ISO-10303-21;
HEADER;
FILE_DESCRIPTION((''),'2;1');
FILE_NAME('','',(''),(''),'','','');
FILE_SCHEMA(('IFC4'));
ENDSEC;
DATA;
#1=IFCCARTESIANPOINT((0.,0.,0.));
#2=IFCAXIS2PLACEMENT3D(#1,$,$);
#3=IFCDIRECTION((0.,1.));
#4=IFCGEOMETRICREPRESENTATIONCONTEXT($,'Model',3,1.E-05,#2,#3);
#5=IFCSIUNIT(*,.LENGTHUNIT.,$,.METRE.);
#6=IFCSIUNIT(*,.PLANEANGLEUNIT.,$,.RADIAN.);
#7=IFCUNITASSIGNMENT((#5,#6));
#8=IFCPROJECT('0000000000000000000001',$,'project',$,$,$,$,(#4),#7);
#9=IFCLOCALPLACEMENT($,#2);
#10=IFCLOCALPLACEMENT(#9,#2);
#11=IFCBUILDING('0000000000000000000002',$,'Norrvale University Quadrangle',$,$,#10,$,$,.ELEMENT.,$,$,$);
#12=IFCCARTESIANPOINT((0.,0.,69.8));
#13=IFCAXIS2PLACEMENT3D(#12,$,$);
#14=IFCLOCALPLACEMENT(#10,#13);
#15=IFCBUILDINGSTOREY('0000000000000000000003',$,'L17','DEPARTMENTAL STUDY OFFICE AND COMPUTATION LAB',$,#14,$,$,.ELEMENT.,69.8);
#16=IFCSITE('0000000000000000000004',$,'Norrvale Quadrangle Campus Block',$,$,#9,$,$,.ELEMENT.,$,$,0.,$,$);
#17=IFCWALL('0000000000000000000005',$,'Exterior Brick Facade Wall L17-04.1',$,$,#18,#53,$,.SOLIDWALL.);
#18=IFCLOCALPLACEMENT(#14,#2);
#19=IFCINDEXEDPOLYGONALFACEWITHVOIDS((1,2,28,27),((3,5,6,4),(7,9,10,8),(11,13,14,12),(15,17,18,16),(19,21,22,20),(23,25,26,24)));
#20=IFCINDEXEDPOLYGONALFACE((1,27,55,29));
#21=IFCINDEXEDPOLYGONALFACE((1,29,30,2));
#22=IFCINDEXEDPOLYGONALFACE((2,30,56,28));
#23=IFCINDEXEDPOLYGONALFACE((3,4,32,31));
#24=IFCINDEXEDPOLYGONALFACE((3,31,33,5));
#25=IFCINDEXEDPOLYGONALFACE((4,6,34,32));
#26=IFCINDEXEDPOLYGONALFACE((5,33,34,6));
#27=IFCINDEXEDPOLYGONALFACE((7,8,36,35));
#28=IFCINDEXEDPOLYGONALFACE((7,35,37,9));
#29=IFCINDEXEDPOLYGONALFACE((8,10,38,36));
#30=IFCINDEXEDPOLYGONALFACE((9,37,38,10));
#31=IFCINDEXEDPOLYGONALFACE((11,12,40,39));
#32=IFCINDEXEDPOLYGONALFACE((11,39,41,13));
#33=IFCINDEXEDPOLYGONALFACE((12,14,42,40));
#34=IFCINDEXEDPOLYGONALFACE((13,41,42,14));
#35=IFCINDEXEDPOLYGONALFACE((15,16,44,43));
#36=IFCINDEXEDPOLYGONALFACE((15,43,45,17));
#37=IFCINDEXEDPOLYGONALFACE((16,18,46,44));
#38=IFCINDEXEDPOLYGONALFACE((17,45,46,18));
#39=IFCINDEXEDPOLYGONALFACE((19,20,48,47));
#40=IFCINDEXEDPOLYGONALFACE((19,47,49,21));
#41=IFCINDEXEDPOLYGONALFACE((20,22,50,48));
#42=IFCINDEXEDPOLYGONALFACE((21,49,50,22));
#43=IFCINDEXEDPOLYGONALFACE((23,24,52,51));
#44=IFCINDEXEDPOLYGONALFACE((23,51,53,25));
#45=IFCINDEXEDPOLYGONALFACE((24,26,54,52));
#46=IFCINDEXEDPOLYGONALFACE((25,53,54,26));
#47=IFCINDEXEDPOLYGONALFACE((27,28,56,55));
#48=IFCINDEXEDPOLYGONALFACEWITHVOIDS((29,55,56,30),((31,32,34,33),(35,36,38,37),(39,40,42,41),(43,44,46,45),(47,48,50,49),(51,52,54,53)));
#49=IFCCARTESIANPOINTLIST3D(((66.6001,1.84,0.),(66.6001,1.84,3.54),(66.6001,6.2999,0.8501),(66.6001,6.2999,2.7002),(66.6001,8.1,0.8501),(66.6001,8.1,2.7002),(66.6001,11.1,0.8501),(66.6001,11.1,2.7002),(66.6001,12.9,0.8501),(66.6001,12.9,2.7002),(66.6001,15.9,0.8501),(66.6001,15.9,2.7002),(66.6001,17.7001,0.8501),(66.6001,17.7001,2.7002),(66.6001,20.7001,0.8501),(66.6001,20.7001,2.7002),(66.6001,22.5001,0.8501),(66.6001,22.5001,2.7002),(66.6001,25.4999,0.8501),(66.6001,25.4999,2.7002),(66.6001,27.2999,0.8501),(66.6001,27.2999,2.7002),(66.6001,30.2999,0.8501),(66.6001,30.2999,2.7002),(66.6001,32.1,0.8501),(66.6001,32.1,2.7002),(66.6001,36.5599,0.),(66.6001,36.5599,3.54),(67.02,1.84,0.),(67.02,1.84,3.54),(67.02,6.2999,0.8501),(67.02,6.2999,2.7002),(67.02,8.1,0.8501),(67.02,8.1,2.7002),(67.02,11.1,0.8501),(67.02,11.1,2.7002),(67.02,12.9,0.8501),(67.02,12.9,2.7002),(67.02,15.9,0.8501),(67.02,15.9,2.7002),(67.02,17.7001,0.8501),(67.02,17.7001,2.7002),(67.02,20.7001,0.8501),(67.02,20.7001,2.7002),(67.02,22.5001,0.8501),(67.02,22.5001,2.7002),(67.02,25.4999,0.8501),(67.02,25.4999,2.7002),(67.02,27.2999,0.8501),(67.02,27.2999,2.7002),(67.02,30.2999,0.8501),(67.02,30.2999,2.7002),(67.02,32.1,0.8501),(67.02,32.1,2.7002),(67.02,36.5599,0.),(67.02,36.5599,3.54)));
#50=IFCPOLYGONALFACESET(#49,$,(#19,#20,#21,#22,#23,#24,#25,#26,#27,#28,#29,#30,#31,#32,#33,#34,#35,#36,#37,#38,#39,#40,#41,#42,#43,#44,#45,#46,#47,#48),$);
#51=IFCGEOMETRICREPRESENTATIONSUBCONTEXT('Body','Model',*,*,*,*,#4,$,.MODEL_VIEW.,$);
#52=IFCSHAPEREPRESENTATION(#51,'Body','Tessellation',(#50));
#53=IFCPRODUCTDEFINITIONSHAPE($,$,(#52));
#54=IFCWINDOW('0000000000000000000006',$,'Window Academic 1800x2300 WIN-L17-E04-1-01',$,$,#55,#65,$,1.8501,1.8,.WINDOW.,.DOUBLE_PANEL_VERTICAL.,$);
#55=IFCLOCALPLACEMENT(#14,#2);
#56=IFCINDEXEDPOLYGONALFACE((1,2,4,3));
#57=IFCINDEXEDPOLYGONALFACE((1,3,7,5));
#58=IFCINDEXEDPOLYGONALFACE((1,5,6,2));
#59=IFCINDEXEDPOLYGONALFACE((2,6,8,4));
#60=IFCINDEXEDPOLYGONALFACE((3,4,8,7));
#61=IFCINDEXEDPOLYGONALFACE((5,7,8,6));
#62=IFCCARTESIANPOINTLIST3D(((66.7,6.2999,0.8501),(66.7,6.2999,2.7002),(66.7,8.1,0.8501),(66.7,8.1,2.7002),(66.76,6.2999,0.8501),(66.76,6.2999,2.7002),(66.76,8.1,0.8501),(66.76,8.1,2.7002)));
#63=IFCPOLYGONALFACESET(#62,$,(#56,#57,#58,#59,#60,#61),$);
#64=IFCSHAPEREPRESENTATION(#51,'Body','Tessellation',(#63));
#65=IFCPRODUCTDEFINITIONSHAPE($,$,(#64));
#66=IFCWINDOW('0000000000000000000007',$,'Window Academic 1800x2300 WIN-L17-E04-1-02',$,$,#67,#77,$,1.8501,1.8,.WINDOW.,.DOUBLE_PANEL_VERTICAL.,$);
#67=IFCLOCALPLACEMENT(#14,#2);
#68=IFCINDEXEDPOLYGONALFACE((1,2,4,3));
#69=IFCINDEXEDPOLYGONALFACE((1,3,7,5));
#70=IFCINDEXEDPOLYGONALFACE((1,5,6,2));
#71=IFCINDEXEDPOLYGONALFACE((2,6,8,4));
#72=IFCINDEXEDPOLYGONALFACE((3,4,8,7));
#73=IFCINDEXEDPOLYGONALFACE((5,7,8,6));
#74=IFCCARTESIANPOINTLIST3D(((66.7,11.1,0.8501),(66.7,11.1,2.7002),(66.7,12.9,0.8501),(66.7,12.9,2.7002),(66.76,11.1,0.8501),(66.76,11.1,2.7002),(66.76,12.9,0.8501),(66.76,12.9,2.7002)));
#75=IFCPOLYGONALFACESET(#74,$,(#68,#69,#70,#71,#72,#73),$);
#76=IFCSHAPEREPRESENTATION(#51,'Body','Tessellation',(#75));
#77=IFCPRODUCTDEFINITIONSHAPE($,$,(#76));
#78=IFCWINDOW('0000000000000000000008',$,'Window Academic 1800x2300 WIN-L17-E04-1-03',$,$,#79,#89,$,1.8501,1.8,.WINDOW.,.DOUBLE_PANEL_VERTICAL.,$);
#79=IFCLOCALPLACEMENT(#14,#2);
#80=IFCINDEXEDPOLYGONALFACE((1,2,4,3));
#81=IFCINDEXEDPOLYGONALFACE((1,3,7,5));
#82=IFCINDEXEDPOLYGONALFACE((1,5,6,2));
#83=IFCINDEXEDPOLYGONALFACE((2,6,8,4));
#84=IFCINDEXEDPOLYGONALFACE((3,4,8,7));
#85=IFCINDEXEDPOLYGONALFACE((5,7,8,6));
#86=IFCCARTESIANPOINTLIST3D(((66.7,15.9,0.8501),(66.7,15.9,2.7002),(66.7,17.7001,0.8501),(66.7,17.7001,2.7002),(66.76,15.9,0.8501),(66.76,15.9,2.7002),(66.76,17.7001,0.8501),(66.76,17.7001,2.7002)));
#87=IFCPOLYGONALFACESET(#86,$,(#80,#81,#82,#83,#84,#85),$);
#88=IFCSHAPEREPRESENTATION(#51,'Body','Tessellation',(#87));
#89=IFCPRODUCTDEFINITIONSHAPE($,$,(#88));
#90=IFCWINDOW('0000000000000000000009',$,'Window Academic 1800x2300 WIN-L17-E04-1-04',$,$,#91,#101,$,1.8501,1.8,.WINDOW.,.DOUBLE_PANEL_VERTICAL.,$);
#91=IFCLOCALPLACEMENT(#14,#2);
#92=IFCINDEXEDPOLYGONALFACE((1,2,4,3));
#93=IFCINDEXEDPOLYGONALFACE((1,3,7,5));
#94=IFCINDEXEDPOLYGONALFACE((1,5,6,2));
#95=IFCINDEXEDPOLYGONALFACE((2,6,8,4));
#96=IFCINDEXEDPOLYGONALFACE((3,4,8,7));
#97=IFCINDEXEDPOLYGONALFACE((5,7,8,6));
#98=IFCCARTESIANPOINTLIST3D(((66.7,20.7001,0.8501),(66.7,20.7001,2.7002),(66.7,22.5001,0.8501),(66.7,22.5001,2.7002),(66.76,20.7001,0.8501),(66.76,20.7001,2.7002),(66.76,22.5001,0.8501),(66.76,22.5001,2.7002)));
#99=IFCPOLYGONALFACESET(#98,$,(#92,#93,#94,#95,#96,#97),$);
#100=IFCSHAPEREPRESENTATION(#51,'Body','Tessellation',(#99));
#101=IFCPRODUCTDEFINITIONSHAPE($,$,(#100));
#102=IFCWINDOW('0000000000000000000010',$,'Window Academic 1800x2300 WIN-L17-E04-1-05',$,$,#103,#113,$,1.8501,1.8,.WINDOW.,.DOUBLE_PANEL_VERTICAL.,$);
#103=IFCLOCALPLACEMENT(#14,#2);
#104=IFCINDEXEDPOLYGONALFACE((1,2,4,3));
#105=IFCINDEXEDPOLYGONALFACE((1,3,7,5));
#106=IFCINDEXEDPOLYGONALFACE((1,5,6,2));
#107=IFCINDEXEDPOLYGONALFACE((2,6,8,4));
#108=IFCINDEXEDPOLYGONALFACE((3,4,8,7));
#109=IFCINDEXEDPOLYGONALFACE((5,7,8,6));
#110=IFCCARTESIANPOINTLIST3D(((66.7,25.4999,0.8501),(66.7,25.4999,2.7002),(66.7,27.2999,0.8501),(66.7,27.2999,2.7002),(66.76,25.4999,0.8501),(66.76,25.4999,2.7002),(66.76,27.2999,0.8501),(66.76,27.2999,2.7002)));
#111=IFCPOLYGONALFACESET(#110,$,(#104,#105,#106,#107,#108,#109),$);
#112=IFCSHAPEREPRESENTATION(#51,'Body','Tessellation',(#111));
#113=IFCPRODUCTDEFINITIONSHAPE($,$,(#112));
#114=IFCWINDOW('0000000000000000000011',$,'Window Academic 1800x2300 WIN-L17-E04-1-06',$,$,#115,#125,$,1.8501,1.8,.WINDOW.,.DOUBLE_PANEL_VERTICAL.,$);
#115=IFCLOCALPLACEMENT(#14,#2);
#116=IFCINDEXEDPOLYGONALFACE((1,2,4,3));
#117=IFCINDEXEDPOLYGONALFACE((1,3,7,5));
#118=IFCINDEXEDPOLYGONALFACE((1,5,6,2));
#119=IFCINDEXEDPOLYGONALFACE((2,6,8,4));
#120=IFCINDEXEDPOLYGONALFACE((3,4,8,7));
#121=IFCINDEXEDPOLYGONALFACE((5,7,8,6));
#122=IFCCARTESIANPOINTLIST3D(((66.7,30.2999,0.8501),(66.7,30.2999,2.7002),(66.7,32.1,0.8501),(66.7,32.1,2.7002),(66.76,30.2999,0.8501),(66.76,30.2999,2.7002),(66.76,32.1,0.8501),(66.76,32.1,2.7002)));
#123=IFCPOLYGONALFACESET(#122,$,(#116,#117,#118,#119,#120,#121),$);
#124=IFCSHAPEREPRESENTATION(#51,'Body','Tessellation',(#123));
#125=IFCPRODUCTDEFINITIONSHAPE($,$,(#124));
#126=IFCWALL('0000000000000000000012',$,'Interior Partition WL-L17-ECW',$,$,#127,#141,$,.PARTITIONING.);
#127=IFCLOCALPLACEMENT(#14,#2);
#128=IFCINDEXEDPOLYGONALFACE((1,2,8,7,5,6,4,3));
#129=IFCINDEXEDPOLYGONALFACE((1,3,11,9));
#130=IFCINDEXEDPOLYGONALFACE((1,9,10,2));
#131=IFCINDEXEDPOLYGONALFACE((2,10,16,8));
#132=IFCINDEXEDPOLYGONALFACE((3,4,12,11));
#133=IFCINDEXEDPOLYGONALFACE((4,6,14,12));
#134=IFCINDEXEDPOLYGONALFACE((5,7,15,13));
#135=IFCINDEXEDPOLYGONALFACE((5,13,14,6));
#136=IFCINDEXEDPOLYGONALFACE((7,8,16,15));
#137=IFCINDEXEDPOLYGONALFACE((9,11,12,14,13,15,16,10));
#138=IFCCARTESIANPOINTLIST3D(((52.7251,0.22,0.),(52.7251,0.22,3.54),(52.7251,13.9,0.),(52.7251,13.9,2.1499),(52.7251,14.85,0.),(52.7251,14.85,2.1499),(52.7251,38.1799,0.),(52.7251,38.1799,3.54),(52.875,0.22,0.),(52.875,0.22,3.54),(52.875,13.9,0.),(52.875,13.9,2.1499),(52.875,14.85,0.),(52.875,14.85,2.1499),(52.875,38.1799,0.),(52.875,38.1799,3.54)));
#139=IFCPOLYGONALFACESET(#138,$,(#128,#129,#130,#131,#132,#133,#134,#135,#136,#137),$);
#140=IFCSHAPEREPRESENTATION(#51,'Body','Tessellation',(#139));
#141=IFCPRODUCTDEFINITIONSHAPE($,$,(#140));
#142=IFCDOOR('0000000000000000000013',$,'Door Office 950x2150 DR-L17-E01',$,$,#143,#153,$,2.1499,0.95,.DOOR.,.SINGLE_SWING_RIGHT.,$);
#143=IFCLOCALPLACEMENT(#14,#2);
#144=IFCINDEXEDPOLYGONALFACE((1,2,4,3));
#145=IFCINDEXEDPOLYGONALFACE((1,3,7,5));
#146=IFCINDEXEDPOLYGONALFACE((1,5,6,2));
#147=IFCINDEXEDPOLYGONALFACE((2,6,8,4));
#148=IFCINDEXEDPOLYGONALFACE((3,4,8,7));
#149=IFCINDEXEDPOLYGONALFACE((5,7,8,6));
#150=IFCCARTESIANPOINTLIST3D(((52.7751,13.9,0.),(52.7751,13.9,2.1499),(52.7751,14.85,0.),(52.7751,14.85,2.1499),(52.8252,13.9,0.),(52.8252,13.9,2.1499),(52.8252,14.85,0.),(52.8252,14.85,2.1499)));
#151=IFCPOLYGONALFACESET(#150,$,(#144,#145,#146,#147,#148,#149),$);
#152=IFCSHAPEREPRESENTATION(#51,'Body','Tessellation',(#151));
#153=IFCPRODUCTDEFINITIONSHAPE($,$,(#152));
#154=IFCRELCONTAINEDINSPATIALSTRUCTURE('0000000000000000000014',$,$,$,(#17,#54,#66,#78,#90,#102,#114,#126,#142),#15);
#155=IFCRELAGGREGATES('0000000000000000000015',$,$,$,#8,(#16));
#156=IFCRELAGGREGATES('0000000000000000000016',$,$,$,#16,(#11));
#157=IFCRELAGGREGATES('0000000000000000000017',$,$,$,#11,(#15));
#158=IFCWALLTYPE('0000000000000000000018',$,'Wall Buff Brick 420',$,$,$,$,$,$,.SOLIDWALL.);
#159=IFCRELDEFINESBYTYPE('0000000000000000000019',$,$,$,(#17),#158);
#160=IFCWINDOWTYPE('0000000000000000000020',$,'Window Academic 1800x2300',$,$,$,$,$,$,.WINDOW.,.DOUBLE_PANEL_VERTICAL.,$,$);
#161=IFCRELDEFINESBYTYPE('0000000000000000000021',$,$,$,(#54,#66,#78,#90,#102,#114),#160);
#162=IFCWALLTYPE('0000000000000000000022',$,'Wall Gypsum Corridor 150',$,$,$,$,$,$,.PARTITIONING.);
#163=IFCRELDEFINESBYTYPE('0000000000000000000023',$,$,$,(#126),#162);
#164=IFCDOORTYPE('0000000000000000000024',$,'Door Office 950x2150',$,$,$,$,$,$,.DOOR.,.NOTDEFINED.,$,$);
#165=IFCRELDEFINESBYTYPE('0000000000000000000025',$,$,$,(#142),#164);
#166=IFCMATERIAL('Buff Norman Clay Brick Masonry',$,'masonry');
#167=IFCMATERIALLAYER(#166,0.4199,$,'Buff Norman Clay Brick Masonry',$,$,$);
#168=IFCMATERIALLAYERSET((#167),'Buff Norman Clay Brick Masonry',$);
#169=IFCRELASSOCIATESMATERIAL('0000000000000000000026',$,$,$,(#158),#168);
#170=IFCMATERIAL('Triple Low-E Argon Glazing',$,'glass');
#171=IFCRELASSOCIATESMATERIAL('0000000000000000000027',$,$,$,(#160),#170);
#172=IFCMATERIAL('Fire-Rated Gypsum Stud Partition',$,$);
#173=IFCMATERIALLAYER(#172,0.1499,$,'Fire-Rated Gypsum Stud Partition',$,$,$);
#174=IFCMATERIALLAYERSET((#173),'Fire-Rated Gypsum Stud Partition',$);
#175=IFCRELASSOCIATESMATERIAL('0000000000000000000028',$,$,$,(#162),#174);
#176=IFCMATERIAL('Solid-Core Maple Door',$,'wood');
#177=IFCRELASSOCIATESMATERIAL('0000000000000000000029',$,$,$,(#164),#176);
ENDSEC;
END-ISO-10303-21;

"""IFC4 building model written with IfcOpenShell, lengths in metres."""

from ifc_helpers import new_model, si_unit, direction, frame, frame_2d, origin, place, context, subcontext, project, spatial, rectangle, extrude, material, layer, layer_set, type_object, element, fill, save


model = new_model("IFC4")

# Units and contexts
model_context = context("Model", 3, precision=1e-05, world=origin(), true_north=direction((0.0, 1.0)))
body_context = subcontext(model_context, "Body", "Model", "MODEL_VIEW")
ifc_project = project(units=[si_unit("LENGTHUNIT", "METRE"), si_unit("PLANEANGLEUNIT", "RADIAN")], contexts=[model_context])

# Site, building, storey
site_placement = place(None, origin())
site = spatial("IfcSite", under=ifc_project, at=site_placement, Name="Norrvale Quadrangle Campus Block", CompositionType="ELEMENT", RefElevation=0.0)
building_placement = place(site_placement, origin())
building = spatial("IfcBuilding", under=site, at=building_placement, Name="Norrvale University Quadrangle", CompositionType="ELEMENT")
storey_placement = place(building_placement, frame((0.0, 0.0, 69.8)))
storey = spatial("IfcBuildingStorey", under=building, at=storey_placement, Name="L17", Description="DEPARTMENTAL STUDY OFFICE AND COMPUTATION LAB", CompositionType="ELEMENT", Elevation=69.8)

# Shared definitions
ifc_material_1 = material(Name="Buff Norman Clay Brick Masonry", Category="masonry")
ifc_layer_1 = layer(ifc_material_1, 0.4199, Name="Buff Norman Clay Brick Masonry")
ifc_layer_set_1 = layer_set([ifc_layer_1], Name="Buff Norman Clay Brick Masonry")
wall_type_1 = type_object("IfcWallType", Name="Wall Buff Brick 420", PredefinedType="SOLIDWALL", material=ifc_layer_set_1)

# Wall, openings, windows
wall_1_placement = place(storey_placement, frame((66.8101, 1.8401, 0.0), z_axis=(0.0, 0.0, 1.0), x_axis=(0.0, 1.0, 0.0)))
wall_1 = element("IfcWall", 1, at=wall_1_placement, inside=storey, type_object=wall_type_1, Name="Exterior Brick Facade Wall L17-04.1", PredefinedType="SOLIDWALL", context=body_context, shape_type="SweptSolid", body=[
    extrude(rectangle(XDim=34.72, YDim=0.4199, at=frame_2d((17.3599, 0.0))), origin(), (0.0, 0.0, 1.0), 3.54),
])
opening_1_placement = place(wall_1_placement, frame((4.46, 0.0, 0.8501)))
opening_1 = element("IfcOpeningElement", 2, at=opening_1_placement, cuts=wall_1, PredefinedType="OPENING", context=body_context, shape_type="SweptSolid", body=[
    extrude(rectangle(XDim=1.8, YDim=1.8501, at=frame_2d((0.8999, 0.925))), frame((0.0, 0.2219, 0.0), z_axis=(0.0, -1.0, 0.0), x_axis=(1.0, 0.0, 0.0)), (0.0, 0.0, 1.0), 0.4438),
])
opening_2_placement = place(wall_1_placement, frame((9.26, 0.0, 0.8501)))
opening_2 = element("IfcOpeningElement", 3, at=opening_2_placement, cuts=wall_1, PredefinedType="OPENING", context=body_context, shape_type="SweptSolid", body=[
    extrude(rectangle(XDim=1.8, YDim=1.8501, at=frame_2d((0.8999, 0.925))), frame((0.0, 0.2219, 0.0), z_axis=(0.0, -1.0, 0.0), x_axis=(1.0, 0.0, 0.0)), (0.0, 0.0, 1.0), 0.4438),
])
opening_3_placement = place(wall_1_placement, frame((14.0601, 0.0, 0.8501)))
opening_3 = element("IfcOpeningElement", 4, at=opening_3_placement, cuts=wall_1, PredefinedType="OPENING", context=body_context, shape_type="SweptSolid", body=[
    extrude(rectangle(XDim=1.8, YDim=1.8501, at=frame_2d((0.8999, 0.925))), frame((0.0, 0.2219, 0.0), z_axis=(0.0, -1.0, 0.0), x_axis=(1.0, 0.0, 0.0)), (0.0, 0.0, 1.0), 0.4438),
])
opening_4_placement = place(wall_1_placement, frame((18.8601, 0.0, 0.8501)))
opening_4 = element("IfcOpeningElement", 5, at=opening_4_placement, cuts=wall_1, PredefinedType="OPENING", context=body_context, shape_type="SweptSolid", body=[
    extrude(rectangle(XDim=1.8, YDim=1.8501, at=frame_2d((0.8999, 0.925))), frame((0.0, 0.2219, 0.0), z_axis=(0.0, -1.0, 0.0), x_axis=(1.0, 0.0, 0.0)), (0.0, 0.0, 1.0), 0.4438),
])
opening_5_placement = place(wall_1_placement, frame((23.6599, 0.0, 0.8501)))
opening_5 = element("IfcOpeningElement", 6, at=opening_5_placement, cuts=wall_1, PredefinedType="OPENING", context=body_context, shape_type="SweptSolid", body=[
    extrude(rectangle(XDim=1.8, YDim=1.8501, at=frame_2d((0.8999, 0.925))), frame((0.0, 0.2219, 0.0), z_axis=(0.0, -1.0, 0.0), x_axis=(1.0, 0.0, 0.0)), (0.0, 0.0, 1.0), 0.4438),
])
opening_6_placement = place(wall_1_placement, frame((28.46, 0.0, 0.8501)))
opening_6 = element("IfcOpeningElement", 7, at=opening_6_placement, cuts=wall_1, PredefinedType="OPENING", context=body_context, shape_type="SweptSolid", body=[
    extrude(rectangle(XDim=1.8, YDim=1.8501, at=frame_2d((0.8999, 0.925))), frame((0.0, 0.2219, 0.0), z_axis=(0.0, -1.0, 0.0), x_axis=(1.0, 0.0, 0.0)), (0.0, 0.0, 1.0), 0.4438),
])
ifc_material_2 = material(Name="Triple Low-E Argon Glazing", Category="glass")
window_type = type_object("IfcWindowType", Name="Window Academic 1800x2300", PartitioningType="DOUBLE_PANEL_VERTICAL", PredefinedType="WINDOW", material=ifc_material_2)
window_1_placement = place(opening_1_placement, origin())
window_1 = element("IfcWindow", 8, at=window_1_placement, inside=storey, type_object=window_type, Name="Window Academic 1800x2300 WIN-L17-E04-1-01", OverallHeight=1.8501, OverallWidth=1.8, PartitioningType="DOUBLE_PANEL_VERTICAL", PredefinedType="WINDOW", context=body_context, shape_type="SweptSolid", body=[
    extrude(rectangle(XDim=1.8, YDim=1.8501, at=frame_2d((0.8999, 0.925))), frame((0.0, 0.1101, 0.0), z_axis=(0.0, -1.0, 0.0), x_axis=(1.0, 0.0, 0.0)), (0.0, 0.0, 1.0), 0.0601),
])
fill(opening_1, window_1)
window_2_placement = place(opening_2_placement, origin())
window_2 = element("IfcWindow", 9, at=window_2_placement, inside=storey, type_object=window_type, Name="Window Academic 1800x2300 WIN-L17-E04-1-02", OverallHeight=1.8501, OverallWidth=1.8, PartitioningType="DOUBLE_PANEL_VERTICAL", PredefinedType="WINDOW", context=body_context, shape_type="SweptSolid", body=[
    extrude(rectangle(XDim=1.8, YDim=1.8501, at=frame_2d((0.8999, 0.925))), frame((0.0, 0.1101, 0.0), z_axis=(0.0, -1.0, 0.0), x_axis=(1.0, 0.0, 0.0)), (0.0, 0.0, 1.0), 0.0601),
])
fill(opening_2, window_2)
window_3_placement = place(opening_3_placement, origin())
window_3 = element("IfcWindow", 10, at=window_3_placement, inside=storey, type_object=window_type, Name="Window Academic 1800x2300 WIN-L17-E04-1-03", OverallHeight=1.8501, OverallWidth=1.8, PartitioningType="DOUBLE_PANEL_VERTICAL", PredefinedType="WINDOW", context=body_context, shape_type="SweptSolid", body=[
    extrude(rectangle(XDim=1.8, YDim=1.8501, at=frame_2d((0.8999, 0.925))), frame((0.0, 0.1101, 0.0), z_axis=(0.0, -1.0, 0.0), x_axis=(1.0, 0.0, 0.0)), (0.0, 0.0, 1.0), 0.0601),
])
fill(opening_3, window_3)
window_4_placement = place(opening_4_placement, origin())
window_4 = element("IfcWindow", 11, at=window_4_placement, inside=storey, type_object=window_type, Name="Window Academic 1800x2300 WIN-L17-E04-1-04", OverallHeight=1.8501, OverallWidth=1.8, PartitioningType="DOUBLE_PANEL_VERTICAL", PredefinedType="WINDOW", context=body_context, shape_type="SweptSolid", body=[
    extrude(rectangle(XDim=1.8, YDim=1.8501, at=frame_2d((0.8999, 0.925))), frame((0.0, 0.1101, 0.0), z_axis=(0.0, -1.0, 0.0), x_axis=(1.0, 0.0, 0.0)), (0.0, 0.0, 1.0), 0.0601),
])
fill(opening_4, window_4)
window_5_placement = place(opening_5_placement, origin())
window_5 = element("IfcWindow", 12, at=window_5_placement, inside=storey, type_object=window_type, Name="Window Academic 1800x2300 WIN-L17-E04-1-05", OverallHeight=1.8501, OverallWidth=1.8, PartitioningType="DOUBLE_PANEL_VERTICAL", PredefinedType="WINDOW", context=body_context, shape_type="SweptSolid", body=[
    extrude(rectangle(XDim=1.8, YDim=1.8501, at=frame_2d((0.8999, 0.925))), frame((0.0, 0.1101, 0.0), z_axis=(0.0, -1.0, 0.0), x_axis=(1.0, 0.0, 0.0)), (0.0, 0.0, 1.0), 0.0601),
])
fill(opening_5, window_5)
window_6_placement = place(opening_6_placement, origin())
window_6 = element("IfcWindow", 13, at=window_6_placement, inside=storey, type_object=window_type, Name="Window Academic 1800x2300 WIN-L17-E04-1-06", OverallHeight=1.8501, OverallWidth=1.8, PartitioningType="DOUBLE_PANEL_VERTICAL", PredefinedType="WINDOW", context=body_context, shape_type="SweptSolid", body=[
    extrude(rectangle(XDim=1.8, YDim=1.8501, at=frame_2d((0.8999, 0.925))), frame((0.0, 0.1101, 0.0), z_axis=(0.0, -1.0, 0.0), x_axis=(1.0, 0.0, 0.0)), (0.0, 0.0, 1.0), 0.0601),
])
fill(opening_6, window_6)

# Wall, opening, door
ifc_material_3 = material(Name="Fire-Rated Gypsum Stud Partition")
ifc_layer_2 = layer(ifc_material_3, 0.1499, Name="Fire-Rated Gypsum Stud Partition")
ifc_layer_set_2 = layer_set([ifc_layer_2], Name="Fire-Rated Gypsum Stud Partition")
wall_type_2 = type_object("IfcWallType", Name="Wall Gypsum Corridor 150", PredefinedType="PARTITIONING", material=ifc_layer_set_2)
wall_2_placement = place(storey_placement, frame((52.8, 0.22, 0.0), z_axis=(0.0, 0.0, 1.0), x_axis=(0.0, 1.0, 0.0)))
wall_2 = element("IfcWall", 14, at=wall_2_placement, inside=storey, type_object=wall_type_2, Name="Interior Partition WL-L17-ECW", PredefinedType="PARTITIONING", context=body_context, shape_type="SweptSolid", body=[
    extrude(rectangle(XDim=37.96, YDim=0.1499, at=frame_2d((18.98, 0.0))), origin(), (0.0, 0.0, 1.0), 3.54),
])
opening_7_placement = place(wall_2_placement, frame((13.6799, 0.0, 0.0)))
opening_7 = element("IfcOpeningElement", 15, at=opening_7_placement, cuts=wall_2, PredefinedType="OPENING", context=body_context, shape_type="SweptSolid", body=[
    extrude(rectangle(XDim=0.95, YDim=2.1499, at=frame_2d((0.4751, 1.075))), frame((0.0, 0.0869, 0.0), z_axis=(0.0, -1.0, 0.0), x_axis=(1.0, 0.0, 0.0)), (0.0, 0.0, 1.0), 0.1738),
])
ifc_material_4 = material(Name="Solid-Core Maple Door", Category="wood")
door_type = type_object("IfcDoorType", Name="Door Office 950x2150", OperationType="NOTDEFINED", PredefinedType="DOOR", material=ifc_material_4)
door_placement = place(opening_7_placement, origin())
door = element("IfcDoor", 16, at=door_placement, inside=storey, type_object=door_type, Name="Door Office 950x2150 DR-L17-E01", OperationType="SINGLE_SWING_RIGHT", OverallHeight=2.1499, OverallWidth=0.95, PredefinedType="DOOR", context=body_context, shape_type="SweptSolid", body=[
    extrude(rectangle(XDim=0.95, YDim=2.1499, at=frame_2d((0.4751, 1.075))), frame((0.0, 0.0249, 0.0), z_axis=(0.0, -1.0, 0.0), x_axis=(1.0, 0.0, 0.0)), (0.0, 0.0, 1.0), 0.05),
])
fill(opening_7, door)

save(model, "model.ifc")
